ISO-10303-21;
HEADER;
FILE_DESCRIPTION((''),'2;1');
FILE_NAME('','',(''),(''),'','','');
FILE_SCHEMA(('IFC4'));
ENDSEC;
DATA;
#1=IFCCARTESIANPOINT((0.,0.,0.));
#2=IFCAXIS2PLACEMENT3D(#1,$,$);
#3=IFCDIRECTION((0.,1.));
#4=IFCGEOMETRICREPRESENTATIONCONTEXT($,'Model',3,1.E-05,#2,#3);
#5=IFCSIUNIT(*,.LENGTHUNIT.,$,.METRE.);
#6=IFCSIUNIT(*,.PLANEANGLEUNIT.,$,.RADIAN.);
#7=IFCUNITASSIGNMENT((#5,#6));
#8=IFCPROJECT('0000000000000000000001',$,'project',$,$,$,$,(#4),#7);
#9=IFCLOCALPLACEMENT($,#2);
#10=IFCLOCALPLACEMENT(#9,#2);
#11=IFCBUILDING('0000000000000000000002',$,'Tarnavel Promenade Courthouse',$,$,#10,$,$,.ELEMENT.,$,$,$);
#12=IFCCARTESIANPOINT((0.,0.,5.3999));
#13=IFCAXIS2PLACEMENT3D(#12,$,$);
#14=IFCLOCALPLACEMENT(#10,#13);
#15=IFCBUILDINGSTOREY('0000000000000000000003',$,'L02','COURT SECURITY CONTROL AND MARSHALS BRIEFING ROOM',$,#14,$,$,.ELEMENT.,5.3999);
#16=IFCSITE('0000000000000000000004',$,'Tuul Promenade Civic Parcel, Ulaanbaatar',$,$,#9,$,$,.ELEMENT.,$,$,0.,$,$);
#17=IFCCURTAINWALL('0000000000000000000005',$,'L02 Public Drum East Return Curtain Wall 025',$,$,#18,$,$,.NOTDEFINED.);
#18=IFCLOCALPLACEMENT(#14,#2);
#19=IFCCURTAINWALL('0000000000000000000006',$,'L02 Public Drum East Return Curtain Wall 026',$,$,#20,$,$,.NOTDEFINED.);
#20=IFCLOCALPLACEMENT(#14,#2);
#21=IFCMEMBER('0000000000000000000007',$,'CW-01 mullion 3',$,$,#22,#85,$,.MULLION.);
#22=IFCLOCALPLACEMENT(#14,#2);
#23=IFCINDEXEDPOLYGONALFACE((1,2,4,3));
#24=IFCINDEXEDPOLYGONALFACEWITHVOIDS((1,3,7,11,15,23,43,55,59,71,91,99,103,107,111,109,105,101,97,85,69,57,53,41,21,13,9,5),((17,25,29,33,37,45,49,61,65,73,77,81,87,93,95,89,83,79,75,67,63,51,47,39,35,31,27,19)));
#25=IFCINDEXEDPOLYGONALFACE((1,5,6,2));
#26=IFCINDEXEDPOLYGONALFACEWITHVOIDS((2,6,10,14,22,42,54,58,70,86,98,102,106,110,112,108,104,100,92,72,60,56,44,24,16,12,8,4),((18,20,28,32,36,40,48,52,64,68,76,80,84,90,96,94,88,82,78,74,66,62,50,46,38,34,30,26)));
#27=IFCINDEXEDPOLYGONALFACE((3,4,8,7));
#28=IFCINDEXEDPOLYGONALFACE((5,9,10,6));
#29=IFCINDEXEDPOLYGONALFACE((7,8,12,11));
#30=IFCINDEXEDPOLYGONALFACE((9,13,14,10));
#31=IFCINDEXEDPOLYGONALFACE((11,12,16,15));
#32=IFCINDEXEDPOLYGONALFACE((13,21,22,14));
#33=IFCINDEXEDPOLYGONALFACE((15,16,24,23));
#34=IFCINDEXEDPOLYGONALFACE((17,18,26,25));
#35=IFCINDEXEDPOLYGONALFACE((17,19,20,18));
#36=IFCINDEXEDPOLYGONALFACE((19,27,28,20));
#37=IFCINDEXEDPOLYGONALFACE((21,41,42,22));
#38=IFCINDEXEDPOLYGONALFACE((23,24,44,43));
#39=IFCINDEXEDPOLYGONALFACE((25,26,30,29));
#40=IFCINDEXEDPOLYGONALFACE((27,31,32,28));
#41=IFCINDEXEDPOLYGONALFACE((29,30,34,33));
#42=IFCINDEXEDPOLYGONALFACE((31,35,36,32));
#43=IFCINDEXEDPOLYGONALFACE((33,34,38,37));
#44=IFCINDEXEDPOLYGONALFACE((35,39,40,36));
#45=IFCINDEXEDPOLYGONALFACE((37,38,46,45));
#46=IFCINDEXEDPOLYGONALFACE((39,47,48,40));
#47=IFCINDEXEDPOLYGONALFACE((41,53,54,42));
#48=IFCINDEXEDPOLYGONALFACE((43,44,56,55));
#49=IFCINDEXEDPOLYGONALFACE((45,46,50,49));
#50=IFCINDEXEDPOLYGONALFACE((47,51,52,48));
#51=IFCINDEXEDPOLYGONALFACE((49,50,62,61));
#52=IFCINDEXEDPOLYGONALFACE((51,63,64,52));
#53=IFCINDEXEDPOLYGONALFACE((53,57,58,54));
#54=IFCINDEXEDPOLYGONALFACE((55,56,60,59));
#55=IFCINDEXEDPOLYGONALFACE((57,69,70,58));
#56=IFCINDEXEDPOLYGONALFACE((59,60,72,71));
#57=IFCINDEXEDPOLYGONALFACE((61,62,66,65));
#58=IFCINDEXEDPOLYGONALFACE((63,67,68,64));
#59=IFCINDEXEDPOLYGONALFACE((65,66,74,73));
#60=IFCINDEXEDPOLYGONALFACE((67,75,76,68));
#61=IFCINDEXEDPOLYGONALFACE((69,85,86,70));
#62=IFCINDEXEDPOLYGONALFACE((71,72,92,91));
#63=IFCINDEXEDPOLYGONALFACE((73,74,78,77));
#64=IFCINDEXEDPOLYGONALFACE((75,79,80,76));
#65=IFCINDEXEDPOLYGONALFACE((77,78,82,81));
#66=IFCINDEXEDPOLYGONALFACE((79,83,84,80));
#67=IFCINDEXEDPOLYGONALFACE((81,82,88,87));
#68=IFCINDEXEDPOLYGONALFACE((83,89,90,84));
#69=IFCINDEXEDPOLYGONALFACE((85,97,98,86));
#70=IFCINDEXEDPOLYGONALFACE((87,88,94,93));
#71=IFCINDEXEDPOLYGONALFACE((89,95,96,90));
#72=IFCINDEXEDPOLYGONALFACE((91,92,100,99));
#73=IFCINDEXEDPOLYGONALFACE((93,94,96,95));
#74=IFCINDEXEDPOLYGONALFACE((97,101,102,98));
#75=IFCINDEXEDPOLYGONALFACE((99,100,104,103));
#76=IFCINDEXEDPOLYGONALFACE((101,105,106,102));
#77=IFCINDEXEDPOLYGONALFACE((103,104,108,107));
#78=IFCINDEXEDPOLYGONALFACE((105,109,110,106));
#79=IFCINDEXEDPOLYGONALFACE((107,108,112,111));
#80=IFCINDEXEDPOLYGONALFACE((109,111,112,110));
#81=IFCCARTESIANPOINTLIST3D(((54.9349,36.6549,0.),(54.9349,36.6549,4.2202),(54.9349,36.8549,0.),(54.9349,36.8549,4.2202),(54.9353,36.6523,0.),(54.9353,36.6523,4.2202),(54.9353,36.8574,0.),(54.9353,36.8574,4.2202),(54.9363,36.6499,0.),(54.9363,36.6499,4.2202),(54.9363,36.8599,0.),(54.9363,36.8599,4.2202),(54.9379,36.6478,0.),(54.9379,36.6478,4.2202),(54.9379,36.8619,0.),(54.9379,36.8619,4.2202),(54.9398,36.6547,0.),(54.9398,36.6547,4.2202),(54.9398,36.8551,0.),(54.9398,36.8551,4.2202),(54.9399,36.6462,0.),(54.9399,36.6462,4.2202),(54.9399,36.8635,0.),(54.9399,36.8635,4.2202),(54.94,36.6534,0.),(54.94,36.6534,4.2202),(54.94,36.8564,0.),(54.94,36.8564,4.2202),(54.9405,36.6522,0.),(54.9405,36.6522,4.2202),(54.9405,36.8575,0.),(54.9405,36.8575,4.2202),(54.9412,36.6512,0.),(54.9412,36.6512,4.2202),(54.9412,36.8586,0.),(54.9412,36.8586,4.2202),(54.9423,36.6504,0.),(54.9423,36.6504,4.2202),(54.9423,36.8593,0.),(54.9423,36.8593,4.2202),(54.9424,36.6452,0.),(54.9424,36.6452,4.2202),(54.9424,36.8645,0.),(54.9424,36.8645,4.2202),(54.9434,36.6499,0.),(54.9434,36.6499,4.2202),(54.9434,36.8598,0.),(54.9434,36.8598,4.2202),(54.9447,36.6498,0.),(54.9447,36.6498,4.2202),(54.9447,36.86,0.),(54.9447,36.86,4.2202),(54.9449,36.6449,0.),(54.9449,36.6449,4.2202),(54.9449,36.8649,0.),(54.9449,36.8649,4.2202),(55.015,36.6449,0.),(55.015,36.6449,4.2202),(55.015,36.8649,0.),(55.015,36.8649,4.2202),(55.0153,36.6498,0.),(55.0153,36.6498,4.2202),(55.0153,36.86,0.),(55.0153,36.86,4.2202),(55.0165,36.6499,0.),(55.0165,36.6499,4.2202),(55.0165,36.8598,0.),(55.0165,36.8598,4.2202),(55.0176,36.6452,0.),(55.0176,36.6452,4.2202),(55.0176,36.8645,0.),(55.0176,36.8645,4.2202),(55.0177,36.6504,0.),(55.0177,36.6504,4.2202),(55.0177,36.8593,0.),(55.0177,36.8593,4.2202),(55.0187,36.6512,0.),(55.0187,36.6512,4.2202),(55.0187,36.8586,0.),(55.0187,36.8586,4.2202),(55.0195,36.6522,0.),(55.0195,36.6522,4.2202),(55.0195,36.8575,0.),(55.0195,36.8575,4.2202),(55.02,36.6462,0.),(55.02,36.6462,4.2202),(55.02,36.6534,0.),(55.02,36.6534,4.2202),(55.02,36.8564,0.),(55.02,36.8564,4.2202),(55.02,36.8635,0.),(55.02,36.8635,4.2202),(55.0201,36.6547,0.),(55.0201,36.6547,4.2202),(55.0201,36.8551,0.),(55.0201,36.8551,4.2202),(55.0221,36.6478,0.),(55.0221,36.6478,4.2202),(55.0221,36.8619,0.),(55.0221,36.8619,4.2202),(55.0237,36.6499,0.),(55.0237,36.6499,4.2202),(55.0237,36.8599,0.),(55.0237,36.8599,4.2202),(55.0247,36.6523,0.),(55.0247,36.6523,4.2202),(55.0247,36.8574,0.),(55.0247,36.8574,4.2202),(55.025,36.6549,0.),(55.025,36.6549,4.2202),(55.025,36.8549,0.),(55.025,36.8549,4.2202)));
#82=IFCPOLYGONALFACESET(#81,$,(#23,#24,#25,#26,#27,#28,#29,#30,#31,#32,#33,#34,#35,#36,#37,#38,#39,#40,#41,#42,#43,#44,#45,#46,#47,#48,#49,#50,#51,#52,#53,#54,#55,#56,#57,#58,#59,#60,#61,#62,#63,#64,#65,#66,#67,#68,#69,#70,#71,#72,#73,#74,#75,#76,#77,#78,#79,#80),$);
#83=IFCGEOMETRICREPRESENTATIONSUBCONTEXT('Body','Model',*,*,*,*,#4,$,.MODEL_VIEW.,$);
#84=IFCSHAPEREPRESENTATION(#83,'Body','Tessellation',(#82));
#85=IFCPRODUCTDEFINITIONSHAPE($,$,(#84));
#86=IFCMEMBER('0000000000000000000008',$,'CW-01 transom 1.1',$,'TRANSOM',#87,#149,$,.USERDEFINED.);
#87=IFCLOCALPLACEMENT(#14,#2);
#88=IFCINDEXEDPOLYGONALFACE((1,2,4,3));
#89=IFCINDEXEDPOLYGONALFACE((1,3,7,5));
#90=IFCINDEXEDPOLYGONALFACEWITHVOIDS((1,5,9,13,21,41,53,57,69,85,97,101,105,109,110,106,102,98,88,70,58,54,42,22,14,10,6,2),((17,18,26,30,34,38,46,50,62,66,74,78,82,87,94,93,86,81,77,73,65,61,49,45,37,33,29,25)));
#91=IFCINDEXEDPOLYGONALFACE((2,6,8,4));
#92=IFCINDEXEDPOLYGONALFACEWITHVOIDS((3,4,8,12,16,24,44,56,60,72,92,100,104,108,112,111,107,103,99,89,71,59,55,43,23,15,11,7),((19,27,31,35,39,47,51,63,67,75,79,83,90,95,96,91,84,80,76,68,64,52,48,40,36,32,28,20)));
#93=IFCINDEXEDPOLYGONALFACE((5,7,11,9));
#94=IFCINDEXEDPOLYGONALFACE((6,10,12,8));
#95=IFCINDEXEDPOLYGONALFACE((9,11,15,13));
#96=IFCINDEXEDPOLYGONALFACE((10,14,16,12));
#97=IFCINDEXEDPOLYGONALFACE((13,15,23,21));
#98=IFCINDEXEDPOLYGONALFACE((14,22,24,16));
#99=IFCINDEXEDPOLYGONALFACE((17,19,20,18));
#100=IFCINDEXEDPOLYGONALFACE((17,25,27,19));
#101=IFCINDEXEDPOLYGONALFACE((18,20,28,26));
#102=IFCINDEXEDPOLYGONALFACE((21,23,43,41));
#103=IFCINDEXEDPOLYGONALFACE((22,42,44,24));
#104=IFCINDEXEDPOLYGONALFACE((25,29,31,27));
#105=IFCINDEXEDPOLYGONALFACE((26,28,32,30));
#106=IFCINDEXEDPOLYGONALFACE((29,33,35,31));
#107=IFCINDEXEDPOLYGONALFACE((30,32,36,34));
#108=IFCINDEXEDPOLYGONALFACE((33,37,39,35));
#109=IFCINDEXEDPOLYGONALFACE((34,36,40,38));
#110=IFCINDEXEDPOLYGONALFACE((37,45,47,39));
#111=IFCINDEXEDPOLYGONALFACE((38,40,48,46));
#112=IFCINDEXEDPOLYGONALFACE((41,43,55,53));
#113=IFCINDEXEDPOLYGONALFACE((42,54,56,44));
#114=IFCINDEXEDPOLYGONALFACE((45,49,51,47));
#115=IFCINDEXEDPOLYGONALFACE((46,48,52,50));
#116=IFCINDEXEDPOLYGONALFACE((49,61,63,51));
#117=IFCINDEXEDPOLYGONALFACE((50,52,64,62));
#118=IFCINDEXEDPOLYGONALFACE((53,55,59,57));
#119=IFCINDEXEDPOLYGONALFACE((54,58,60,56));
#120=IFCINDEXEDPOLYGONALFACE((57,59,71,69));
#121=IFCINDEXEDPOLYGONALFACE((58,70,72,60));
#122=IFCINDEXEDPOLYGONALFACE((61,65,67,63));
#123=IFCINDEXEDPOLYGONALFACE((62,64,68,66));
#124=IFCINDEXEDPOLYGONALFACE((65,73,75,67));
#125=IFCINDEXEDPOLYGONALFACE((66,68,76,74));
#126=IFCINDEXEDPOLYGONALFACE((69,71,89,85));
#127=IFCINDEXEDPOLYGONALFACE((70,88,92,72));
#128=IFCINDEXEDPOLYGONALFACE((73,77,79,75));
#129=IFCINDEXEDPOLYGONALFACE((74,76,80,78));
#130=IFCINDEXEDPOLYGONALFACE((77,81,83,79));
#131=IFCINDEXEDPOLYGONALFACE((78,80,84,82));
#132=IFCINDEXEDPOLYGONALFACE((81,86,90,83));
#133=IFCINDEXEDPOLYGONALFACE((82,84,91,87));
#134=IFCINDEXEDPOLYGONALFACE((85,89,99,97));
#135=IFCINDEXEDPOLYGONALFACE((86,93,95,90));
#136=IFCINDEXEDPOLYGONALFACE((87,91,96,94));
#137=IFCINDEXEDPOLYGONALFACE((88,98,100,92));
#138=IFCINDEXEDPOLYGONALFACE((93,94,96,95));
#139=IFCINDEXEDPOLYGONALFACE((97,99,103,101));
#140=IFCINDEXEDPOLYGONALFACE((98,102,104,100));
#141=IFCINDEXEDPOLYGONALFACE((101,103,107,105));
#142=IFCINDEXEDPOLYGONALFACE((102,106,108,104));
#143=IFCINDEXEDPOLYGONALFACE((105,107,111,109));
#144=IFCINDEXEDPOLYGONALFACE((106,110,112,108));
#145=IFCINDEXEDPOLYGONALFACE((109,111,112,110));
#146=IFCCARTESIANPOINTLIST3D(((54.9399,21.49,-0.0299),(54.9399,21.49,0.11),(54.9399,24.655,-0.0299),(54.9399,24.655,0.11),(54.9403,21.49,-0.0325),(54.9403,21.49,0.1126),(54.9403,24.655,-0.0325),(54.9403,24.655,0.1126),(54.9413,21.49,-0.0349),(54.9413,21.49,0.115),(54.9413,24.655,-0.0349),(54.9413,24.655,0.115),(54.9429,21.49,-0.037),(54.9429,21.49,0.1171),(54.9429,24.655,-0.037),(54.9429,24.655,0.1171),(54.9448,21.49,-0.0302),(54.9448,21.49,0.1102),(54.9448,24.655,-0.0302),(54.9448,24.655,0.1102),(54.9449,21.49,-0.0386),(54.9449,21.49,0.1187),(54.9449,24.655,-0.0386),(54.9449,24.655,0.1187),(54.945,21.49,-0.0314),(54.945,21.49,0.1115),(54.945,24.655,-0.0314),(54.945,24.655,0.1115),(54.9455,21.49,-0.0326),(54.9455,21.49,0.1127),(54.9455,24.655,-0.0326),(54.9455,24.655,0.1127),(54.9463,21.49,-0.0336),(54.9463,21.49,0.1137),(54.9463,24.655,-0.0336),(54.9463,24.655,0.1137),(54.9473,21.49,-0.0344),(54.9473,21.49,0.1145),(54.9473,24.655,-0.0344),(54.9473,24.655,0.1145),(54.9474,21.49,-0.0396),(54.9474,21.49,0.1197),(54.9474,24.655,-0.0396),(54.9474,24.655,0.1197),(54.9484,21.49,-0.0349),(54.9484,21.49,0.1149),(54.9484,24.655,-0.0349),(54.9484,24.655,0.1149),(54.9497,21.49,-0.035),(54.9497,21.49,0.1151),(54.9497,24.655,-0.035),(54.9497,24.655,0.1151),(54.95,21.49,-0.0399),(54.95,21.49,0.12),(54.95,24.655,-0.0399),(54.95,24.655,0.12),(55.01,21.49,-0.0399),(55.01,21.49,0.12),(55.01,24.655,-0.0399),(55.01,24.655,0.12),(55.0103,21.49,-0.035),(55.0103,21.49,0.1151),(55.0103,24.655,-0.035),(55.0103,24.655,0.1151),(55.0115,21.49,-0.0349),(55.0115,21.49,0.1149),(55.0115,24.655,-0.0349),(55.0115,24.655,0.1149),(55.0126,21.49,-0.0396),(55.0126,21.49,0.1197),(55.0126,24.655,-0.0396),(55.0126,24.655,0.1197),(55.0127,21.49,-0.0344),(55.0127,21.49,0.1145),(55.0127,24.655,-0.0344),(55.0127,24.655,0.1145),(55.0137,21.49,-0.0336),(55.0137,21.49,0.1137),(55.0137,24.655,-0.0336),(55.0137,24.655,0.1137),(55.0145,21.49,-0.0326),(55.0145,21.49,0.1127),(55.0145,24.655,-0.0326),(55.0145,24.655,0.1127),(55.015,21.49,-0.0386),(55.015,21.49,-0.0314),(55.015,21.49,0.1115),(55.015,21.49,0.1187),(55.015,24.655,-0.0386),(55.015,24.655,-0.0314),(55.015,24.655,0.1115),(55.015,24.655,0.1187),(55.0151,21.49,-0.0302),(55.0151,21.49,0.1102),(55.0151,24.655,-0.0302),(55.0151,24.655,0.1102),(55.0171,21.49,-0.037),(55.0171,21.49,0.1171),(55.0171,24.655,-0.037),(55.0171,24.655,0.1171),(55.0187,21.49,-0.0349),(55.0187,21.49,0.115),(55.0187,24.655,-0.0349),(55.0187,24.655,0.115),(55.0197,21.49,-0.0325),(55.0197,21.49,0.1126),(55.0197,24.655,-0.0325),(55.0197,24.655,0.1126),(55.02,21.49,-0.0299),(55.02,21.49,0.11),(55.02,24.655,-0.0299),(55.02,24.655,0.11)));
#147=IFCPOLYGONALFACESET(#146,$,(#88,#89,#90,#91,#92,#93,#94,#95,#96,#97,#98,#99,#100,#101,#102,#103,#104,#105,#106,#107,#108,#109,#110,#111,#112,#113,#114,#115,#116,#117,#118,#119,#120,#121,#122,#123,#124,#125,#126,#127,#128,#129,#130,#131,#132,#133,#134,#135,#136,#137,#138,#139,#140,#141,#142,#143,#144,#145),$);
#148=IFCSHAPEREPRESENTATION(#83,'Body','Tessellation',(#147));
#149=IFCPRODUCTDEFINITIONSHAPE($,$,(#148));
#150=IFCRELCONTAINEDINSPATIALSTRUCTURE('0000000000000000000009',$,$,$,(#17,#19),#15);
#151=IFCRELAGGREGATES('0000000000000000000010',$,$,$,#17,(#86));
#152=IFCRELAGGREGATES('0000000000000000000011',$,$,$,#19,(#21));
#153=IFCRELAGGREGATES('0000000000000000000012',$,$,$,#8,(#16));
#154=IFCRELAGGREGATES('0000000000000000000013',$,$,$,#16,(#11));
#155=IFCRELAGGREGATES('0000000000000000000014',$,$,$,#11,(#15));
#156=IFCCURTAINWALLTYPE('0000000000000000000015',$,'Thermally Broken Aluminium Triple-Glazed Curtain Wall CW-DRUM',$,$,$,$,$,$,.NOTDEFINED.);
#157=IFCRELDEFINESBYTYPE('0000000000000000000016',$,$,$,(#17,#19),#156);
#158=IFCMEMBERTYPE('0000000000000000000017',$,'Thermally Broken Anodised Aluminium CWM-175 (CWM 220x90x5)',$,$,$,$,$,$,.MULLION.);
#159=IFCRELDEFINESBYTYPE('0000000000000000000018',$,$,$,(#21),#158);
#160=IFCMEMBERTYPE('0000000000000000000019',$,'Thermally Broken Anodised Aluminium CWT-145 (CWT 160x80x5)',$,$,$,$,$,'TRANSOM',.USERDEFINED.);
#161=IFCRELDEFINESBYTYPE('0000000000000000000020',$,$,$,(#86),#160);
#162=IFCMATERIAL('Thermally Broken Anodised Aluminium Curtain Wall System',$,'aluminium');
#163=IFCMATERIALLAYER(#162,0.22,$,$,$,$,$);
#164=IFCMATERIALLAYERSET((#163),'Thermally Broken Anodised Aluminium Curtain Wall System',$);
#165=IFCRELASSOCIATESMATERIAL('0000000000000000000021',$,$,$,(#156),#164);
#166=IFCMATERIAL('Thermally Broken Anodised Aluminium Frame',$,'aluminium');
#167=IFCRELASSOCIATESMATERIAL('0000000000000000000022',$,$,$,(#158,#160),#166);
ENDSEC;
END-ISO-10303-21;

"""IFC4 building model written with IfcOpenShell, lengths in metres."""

from ifc_helpers import new_model, si_unit, direction, frame, origin, origin_2d, place, context, subcontext, project, spatial, hollow_rectangle, extrude, material, layer, layer_set, material_profile, profile_set, type_object, element, aggregate, save


model = new_model("IFC4")

# Units and contexts
model_context = context("Model", 3, precision=1e-05, world=origin(), true_north=direction((0.0, 1.0)))
body_context = subcontext(model_context, "Body", "Model", "MODEL_VIEW")
ifc_project = project(units=[si_unit("LENGTHUNIT", "METRE"), si_unit("PLANEANGLEUNIT", "RADIAN")], contexts=[model_context])

# Site, building, storey
site_placement = place(None, origin())
site = spatial("IfcSite", under=ifc_project, at=site_placement, Name="Tuul Promenade Civic Parcel, Ulaanbaatar", CompositionType="ELEMENT", RefElevation=0.0)
building_placement = place(site_placement, origin())
building = spatial("IfcBuilding", under=site, at=building_placement, Name="Tarnavel Promenade Courthouse", CompositionType="ELEMENT")
storey_placement = place(building_placement, frame((0.0, 0.0, 5.3999)))
storey = spatial("IfcBuildingStorey", under=building, at=storey_placement, Name="L02", Description="COURT SECURITY CONTROL AND MARSHALS BRIEFING ROOM", CompositionType="ELEMENT", Elevation=5.3999)

# Curtain walls, member
ifc_material_1 = material(Name="Thermally Broken Anodised Aluminium Curtain Wall System", Category="aluminium")
ifc_layer_1 = layer(ifc_material_1, 0.22)
ifc_layer_set_1 = layer_set([ifc_layer_1], Name="Thermally Broken Anodised Aluminium Curtain Wall System")
curtain_wall_type_1 = type_object("IfcCurtainWallType", Name="Thermally Broken Aluminium Triple-Glazed Curtain Wall CW-DRUM", PredefinedType="NOTDEFINED", material=ifc_layer_set_1)
curtain_wall_1_placement = place(storey_placement, origin())
curtain_wall_1 = element("IfcCurtainWall", 1, at=curtain_wall_1_placement, inside=storey, type_object=curtain_wall_type_1, Name="L02 Public Drum East Return Curtain Wall 025", PredefinedType="NOTDEFINED")
ifc_material_2 = material(Name="Thermally Broken Anodised Aluminium Frame", Category="aluminium")
ifc_material_profile_1 = material_profile(ifc_material_2, hollow_rectangle(XDim=0.0901, YDim=0.22, WallThickness=0.0049, InnerFilletRadius=0.0049, OuterFilletRadius=0.01, at=origin_2d()), Name="CWM 220x90x5")
ifc_profile_set_1 = profile_set([ifc_material_profile_1], Name="Thermally Broken Anodised Aluminium Frame")
member_type_1 = type_object("IfcMemberType", Name="Thermally Broken Anodised Aluminium CWM-175 (CWM 220x90x5)", PredefinedType="MULLION", material=ifc_profile_set_1)
curtain_wall_2_placement = place(storey_placement, origin())
curtain_wall_2 = element("IfcCurtainWall", 2, at=curtain_wall_2_placement, inside=storey, type_object=curtain_wall_type_1, Name="L02 Public Drum East Return Curtain Wall 026", PredefinedType="NOTDEFINED")
member_1_placement = place(storey_placement, frame((54.98, 36.7549, 0.0), z_axis=(0.0, 0.0, 1.0), x_axis=(-1.0, 0.0, 0.0)))
member_1 = element("IfcMember", 3, at=member_1_placement, type_object=member_type_1, Name="CW-01 mullion 3", PredefinedType="MULLION", context=body_context, shape_type="SweptSolid", body=[
    extrude(hollow_rectangle(XDim=0.0901, YDim=0.22, WallThickness=0.0049, InnerFilletRadius=0.0049, OuterFilletRadius=0.01, at=origin_2d()), origin(), (0.0, 0.0, 1.0), 4.2202),
])

# Member
ifc_material_profile_2 = material_profile(ifc_material_2, hollow_rectangle(XDim=0.0801, YDim=0.1599, WallThickness=0.0049, InnerFilletRadius=0.0049, OuterFilletRadius=0.01, at=origin_2d()), Name="CWT 160x80x5")
ifc_profile_set_2 = profile_set([ifc_material_profile_2], Name="Thermally Broken Anodised Aluminium Frame")
member_type_2 = type_object("IfcMemberType", Name="Thermally Broken Anodised Aluminium CWT-145 (CWT 160x80x5)", ElementType="TRANSOM", PredefinedType="USERDEFINED", material=ifc_profile_set_2)
member_2_placement = place(storey_placement, frame((54.98, 21.49, 0.04), z_axis=(0.0, 1.0, 0.0), x_axis=(-1.0, 0.0, 0.0)))
member_2 = element("IfcMember", 4, at=member_2_placement, type_object=member_type_2, Name="CW-01 transom 1.1", ObjectType="TRANSOM", PredefinedType="USERDEFINED", context=body_context, shape_type="SweptSolid", body=[
    extrude(hollow_rectangle(XDim=0.0801, YDim=0.1599, WallThickness=0.0049, InnerFilletRadius=0.0049, OuterFilletRadius=0.01, at=origin_2d()), origin(), (0.0, 0.0, 1.0), 3.165),
])

aggregate(curtain_wall_1, [member_2])
aggregate(curtain_wall_2, [member_1])

save(model, "model.ifc")
